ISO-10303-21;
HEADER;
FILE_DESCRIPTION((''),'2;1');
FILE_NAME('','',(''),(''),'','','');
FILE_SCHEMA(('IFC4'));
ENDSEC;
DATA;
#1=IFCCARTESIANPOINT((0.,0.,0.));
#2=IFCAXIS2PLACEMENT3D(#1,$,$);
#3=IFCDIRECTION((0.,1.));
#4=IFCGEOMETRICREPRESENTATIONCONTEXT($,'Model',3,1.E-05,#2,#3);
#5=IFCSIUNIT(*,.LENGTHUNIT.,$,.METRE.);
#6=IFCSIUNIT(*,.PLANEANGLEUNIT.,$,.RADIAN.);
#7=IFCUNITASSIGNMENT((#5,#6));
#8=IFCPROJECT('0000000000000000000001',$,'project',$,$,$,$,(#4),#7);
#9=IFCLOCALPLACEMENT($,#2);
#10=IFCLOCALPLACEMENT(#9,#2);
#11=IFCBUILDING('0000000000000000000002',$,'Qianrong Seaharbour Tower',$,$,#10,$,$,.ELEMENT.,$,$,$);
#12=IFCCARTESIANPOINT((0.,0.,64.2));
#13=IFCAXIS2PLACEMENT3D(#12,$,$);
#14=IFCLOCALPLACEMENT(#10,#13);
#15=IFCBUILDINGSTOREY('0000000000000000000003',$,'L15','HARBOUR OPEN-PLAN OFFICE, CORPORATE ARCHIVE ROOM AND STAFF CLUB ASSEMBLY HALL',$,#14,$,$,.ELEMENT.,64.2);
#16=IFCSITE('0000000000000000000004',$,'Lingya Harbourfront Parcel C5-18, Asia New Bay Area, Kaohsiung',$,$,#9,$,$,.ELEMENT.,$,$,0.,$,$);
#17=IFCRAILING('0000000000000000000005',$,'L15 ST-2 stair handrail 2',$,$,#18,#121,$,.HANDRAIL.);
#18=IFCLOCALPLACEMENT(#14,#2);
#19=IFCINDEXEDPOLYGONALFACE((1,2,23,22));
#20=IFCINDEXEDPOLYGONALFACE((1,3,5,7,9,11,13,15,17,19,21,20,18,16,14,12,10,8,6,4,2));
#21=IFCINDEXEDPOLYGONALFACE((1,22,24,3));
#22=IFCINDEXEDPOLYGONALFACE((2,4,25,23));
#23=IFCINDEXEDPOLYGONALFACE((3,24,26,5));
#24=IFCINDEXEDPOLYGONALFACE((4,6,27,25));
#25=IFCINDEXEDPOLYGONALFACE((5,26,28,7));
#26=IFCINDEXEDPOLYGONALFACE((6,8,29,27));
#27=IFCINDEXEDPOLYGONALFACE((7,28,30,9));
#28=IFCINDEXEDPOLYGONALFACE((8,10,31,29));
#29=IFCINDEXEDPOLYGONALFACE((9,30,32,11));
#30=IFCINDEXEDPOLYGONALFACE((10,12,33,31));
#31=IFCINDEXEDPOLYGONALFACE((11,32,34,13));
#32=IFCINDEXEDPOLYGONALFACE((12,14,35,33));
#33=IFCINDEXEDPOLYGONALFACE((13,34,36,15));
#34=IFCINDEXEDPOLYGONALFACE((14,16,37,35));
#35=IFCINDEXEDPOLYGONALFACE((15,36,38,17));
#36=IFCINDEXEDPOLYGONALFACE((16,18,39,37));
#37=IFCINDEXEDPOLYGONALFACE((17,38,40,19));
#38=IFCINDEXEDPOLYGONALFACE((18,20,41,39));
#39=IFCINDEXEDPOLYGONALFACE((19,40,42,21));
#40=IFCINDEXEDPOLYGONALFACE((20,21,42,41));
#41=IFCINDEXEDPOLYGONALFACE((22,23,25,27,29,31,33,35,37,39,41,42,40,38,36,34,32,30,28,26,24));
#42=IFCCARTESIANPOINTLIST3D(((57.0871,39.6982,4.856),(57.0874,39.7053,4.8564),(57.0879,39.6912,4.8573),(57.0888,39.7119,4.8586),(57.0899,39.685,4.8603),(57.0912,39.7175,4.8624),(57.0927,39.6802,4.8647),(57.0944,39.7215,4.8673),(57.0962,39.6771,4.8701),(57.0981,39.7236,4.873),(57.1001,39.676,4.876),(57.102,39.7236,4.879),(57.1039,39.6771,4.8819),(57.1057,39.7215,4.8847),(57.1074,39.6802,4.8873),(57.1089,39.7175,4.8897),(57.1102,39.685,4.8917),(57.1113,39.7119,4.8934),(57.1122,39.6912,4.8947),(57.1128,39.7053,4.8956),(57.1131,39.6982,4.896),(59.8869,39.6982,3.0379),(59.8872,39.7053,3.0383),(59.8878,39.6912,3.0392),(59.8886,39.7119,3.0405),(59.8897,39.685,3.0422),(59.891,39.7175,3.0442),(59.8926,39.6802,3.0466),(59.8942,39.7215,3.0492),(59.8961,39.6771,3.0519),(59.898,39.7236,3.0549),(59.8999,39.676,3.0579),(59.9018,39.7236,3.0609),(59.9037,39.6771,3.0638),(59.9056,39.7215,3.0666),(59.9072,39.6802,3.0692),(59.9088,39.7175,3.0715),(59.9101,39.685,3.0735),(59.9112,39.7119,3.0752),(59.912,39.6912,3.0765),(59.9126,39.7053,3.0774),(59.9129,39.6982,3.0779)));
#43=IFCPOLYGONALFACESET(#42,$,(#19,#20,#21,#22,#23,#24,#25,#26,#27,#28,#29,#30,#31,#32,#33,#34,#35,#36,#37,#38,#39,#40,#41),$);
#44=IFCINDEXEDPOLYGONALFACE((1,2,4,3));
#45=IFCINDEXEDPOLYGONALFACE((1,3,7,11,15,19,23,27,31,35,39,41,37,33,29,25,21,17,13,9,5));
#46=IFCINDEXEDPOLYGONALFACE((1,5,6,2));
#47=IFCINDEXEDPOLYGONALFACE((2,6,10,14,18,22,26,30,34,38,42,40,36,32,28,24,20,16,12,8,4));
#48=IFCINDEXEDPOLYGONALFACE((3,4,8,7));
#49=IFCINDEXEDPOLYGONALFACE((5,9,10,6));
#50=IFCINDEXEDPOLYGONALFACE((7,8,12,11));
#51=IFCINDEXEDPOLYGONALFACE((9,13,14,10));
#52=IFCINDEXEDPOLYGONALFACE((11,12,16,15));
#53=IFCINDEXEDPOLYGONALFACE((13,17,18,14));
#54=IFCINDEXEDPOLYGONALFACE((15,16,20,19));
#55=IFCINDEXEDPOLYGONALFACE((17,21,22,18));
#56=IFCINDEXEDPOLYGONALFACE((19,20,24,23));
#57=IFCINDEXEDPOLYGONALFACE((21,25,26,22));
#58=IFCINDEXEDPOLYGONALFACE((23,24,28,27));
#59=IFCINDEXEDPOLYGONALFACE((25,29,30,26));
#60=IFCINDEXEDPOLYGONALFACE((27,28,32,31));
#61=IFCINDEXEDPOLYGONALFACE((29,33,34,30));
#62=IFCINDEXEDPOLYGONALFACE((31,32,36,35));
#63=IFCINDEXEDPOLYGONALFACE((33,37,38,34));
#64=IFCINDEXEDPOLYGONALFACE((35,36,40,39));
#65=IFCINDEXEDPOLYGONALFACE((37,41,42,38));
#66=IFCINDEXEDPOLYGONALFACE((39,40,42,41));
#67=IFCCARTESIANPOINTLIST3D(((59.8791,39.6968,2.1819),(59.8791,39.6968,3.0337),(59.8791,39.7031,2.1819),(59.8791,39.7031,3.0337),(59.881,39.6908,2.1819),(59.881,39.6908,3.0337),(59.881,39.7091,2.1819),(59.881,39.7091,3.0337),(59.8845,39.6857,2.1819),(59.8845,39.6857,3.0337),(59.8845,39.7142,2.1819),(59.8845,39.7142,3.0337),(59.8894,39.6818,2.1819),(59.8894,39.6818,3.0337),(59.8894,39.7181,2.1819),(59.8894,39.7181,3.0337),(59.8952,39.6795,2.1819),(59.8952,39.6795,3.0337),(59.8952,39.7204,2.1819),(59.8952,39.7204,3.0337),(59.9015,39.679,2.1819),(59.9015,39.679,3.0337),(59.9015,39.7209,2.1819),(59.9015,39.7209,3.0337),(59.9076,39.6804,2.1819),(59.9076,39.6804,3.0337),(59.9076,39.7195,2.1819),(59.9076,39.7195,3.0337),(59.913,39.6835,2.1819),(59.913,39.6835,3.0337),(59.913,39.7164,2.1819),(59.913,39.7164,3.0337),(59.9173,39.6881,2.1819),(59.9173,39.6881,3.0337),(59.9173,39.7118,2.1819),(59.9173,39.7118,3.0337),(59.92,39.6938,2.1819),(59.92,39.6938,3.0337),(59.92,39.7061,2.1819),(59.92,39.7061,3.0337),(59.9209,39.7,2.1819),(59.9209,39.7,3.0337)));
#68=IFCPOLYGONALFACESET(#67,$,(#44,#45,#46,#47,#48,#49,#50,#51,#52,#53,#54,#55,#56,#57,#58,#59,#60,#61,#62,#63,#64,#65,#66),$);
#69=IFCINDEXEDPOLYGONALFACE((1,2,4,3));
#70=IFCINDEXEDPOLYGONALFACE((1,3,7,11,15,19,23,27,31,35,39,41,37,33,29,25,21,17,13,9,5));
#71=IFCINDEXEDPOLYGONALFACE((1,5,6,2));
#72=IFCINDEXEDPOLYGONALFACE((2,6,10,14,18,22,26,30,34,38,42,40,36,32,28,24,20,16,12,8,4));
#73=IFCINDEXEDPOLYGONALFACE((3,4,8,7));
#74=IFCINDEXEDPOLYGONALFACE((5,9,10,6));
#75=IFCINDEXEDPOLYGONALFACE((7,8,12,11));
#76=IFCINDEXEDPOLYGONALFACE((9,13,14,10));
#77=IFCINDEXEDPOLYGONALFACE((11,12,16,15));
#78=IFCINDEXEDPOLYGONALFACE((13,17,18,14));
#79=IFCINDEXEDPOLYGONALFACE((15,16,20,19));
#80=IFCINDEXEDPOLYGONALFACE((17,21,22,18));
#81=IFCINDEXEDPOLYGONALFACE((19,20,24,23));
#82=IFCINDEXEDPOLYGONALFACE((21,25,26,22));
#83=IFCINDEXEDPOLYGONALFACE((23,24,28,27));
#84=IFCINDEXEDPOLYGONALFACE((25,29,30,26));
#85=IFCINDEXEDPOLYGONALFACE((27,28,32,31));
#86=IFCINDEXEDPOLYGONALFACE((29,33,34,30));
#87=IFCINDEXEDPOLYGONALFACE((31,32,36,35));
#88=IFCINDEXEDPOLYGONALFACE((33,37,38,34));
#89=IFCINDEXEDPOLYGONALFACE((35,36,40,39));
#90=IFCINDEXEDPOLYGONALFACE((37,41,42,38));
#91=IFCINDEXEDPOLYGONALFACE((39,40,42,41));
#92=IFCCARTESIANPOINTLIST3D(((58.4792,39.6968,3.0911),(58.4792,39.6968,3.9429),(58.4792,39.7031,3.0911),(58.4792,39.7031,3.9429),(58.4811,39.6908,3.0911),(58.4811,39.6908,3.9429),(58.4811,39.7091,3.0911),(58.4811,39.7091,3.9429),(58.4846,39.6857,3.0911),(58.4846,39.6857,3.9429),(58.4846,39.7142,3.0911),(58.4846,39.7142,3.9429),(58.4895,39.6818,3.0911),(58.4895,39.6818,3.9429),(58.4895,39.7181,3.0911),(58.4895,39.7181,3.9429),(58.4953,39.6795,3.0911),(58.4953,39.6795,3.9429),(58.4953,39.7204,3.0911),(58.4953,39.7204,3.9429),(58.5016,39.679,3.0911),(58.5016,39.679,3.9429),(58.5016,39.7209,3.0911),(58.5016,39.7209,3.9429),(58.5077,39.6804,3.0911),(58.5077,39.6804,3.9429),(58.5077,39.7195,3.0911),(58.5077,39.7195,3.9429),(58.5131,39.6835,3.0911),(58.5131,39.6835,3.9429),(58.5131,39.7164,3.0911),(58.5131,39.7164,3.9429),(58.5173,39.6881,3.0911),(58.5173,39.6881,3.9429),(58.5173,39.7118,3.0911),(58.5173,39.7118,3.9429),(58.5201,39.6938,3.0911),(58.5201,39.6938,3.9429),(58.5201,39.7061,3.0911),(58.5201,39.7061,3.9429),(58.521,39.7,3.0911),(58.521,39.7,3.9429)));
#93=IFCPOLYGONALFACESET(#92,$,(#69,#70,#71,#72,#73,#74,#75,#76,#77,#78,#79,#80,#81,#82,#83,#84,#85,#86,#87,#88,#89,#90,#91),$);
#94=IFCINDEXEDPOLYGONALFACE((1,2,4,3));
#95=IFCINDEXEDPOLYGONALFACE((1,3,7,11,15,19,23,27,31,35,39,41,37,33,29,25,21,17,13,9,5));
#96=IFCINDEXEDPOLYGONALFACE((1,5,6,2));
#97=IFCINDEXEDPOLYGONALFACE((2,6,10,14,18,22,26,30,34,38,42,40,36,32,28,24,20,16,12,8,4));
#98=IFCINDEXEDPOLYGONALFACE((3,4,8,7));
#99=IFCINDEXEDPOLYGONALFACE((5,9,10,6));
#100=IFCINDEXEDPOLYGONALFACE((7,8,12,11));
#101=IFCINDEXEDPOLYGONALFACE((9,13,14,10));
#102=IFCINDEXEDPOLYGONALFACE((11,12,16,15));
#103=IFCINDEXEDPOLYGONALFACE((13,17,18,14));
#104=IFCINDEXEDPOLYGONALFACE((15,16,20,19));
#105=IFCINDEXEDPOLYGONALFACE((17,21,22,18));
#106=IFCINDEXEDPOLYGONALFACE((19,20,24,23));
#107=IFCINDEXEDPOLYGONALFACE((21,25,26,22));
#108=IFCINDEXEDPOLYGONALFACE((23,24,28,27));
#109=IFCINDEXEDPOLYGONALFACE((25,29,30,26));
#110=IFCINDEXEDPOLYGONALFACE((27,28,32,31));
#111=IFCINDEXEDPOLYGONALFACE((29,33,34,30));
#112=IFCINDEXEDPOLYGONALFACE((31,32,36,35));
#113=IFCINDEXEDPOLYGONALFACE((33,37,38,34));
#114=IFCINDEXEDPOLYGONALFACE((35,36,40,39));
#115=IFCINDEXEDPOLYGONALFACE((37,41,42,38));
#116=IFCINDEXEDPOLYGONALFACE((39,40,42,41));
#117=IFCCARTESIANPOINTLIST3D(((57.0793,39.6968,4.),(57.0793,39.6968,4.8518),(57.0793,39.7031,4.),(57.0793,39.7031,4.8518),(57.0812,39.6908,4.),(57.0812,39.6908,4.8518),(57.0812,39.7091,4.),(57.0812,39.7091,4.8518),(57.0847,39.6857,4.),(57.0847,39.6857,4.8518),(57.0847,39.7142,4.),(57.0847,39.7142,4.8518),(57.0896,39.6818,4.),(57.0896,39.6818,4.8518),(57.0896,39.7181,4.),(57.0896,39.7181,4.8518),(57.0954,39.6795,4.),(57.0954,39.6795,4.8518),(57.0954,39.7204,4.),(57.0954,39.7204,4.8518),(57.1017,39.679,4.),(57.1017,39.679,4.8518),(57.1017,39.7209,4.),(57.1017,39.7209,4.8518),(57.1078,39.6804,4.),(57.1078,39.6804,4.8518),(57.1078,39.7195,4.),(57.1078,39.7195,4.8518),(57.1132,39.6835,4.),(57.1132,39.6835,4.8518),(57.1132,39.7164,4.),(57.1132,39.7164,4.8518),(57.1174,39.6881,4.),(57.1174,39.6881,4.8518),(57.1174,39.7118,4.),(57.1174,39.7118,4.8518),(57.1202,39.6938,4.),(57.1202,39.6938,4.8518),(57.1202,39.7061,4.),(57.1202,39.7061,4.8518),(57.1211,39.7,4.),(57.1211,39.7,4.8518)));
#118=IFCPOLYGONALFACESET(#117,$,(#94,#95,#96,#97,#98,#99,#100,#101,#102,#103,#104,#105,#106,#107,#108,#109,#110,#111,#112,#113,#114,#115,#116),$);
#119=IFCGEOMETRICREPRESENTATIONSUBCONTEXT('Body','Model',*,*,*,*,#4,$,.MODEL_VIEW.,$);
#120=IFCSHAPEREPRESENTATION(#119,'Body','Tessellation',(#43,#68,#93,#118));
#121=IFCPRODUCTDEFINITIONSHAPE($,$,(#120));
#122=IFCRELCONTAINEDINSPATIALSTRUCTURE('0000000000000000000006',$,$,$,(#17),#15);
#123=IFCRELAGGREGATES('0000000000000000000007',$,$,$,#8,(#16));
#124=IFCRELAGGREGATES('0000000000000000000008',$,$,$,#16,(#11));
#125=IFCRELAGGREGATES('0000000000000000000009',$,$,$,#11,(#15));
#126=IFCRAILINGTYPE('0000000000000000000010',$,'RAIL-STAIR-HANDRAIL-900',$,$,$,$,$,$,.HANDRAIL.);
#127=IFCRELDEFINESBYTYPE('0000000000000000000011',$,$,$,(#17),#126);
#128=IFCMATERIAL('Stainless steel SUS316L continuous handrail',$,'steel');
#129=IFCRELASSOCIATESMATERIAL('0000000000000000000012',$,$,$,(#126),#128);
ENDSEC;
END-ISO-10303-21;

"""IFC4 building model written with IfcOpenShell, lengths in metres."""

from ifc_helpers import new_model, si_unit, direction, frame, origin, origin_2d, place, context, subcontext, project, spatial, circle, extrude, material, type_object, element, save


model = new_model("IFC4")

# Units and contexts
model_context = context("Model", 3, precision=1e-05, world=origin(), true_north=direction((0.0, 1.0)))
body_context = subcontext(model_context, "Body", "Model", "MODEL_VIEW")
ifc_project = project(units=[si_unit("LENGTHUNIT", "METRE"), si_unit("PLANEANGLEUNIT", "RADIAN")], contexts=[model_context])

# Site, building, storey
site_placement = place(None, origin())
site = spatial("IfcSite", under=ifc_project, at=site_placement, Name="Lingya Harbourfront Parcel C5-18, Asia New Bay Area, Kaohsiung", CompositionType="ELEMENT", RefElevation=0.0)
building_placement = place(site_placement, origin())
building = spatial("IfcBuilding", under=site, at=building_placement, Name="Qianrong Seaharbour Tower", CompositionType="ELEMENT")
storey_placement = place(building_placement, frame((0.0, 0.0, 64.2)))
storey = spatial("IfcBuildingStorey", under=building, at=storey_placement, Name="L15", Description="HARBOUR OPEN-PLAN OFFICE, CORPORATE ARCHIVE ROOM AND STAFF CLUB ASSEMBLY HALL", CompositionType="ELEMENT", Elevation=64.2)

# Railing
ifc_material_1 = material(Name="Stainless steel SUS316L continuous handrail", Category="steel")
railing_type_1 = type_object("IfcRailingType", Name="RAIL-STAIR-HANDRAIL-900", PredefinedType="HANDRAIL", material=ifc_material_1)
railing_1_placement = place(storey_placement, frame((59.8999, 39.7, 2.1819)))
element("IfcRailing", 1, at=railing_1_placement, inside=storey, type_object=railing_type_1, Name="L15 ST-2 stair handrail 2", PredefinedType="HANDRAIL", context=body_context, shape_type="SweptSolid", body=[
    extrude(circle(Radius=0.0239, at=origin_2d()), frame((0.0, 0.0, 0.876), z_axis=(-0.838684, 0.0, 0.544618), x_axis=(0.0, -1.0, 0.0)), (0.0, 0.0, 1.0), 3.3384),
    extrude(circle(Radius=0.021, at=origin_2d()), origin(), (0.0, 0.0, 1.0), 0.8518),
    extrude(circle(Radius=0.021, at=origin_2d()), frame((-1.3999, 0.0, 0.9092)), (0.0, 0.0, 1.0), 0.8518),
    extrude(circle(Radius=0.021, at=origin_2d()), frame((-2.7998, 0.0, 1.8181)), (0.0, 0.0, 1.0), 0.8518),
])

save(model, "model.ifc")
